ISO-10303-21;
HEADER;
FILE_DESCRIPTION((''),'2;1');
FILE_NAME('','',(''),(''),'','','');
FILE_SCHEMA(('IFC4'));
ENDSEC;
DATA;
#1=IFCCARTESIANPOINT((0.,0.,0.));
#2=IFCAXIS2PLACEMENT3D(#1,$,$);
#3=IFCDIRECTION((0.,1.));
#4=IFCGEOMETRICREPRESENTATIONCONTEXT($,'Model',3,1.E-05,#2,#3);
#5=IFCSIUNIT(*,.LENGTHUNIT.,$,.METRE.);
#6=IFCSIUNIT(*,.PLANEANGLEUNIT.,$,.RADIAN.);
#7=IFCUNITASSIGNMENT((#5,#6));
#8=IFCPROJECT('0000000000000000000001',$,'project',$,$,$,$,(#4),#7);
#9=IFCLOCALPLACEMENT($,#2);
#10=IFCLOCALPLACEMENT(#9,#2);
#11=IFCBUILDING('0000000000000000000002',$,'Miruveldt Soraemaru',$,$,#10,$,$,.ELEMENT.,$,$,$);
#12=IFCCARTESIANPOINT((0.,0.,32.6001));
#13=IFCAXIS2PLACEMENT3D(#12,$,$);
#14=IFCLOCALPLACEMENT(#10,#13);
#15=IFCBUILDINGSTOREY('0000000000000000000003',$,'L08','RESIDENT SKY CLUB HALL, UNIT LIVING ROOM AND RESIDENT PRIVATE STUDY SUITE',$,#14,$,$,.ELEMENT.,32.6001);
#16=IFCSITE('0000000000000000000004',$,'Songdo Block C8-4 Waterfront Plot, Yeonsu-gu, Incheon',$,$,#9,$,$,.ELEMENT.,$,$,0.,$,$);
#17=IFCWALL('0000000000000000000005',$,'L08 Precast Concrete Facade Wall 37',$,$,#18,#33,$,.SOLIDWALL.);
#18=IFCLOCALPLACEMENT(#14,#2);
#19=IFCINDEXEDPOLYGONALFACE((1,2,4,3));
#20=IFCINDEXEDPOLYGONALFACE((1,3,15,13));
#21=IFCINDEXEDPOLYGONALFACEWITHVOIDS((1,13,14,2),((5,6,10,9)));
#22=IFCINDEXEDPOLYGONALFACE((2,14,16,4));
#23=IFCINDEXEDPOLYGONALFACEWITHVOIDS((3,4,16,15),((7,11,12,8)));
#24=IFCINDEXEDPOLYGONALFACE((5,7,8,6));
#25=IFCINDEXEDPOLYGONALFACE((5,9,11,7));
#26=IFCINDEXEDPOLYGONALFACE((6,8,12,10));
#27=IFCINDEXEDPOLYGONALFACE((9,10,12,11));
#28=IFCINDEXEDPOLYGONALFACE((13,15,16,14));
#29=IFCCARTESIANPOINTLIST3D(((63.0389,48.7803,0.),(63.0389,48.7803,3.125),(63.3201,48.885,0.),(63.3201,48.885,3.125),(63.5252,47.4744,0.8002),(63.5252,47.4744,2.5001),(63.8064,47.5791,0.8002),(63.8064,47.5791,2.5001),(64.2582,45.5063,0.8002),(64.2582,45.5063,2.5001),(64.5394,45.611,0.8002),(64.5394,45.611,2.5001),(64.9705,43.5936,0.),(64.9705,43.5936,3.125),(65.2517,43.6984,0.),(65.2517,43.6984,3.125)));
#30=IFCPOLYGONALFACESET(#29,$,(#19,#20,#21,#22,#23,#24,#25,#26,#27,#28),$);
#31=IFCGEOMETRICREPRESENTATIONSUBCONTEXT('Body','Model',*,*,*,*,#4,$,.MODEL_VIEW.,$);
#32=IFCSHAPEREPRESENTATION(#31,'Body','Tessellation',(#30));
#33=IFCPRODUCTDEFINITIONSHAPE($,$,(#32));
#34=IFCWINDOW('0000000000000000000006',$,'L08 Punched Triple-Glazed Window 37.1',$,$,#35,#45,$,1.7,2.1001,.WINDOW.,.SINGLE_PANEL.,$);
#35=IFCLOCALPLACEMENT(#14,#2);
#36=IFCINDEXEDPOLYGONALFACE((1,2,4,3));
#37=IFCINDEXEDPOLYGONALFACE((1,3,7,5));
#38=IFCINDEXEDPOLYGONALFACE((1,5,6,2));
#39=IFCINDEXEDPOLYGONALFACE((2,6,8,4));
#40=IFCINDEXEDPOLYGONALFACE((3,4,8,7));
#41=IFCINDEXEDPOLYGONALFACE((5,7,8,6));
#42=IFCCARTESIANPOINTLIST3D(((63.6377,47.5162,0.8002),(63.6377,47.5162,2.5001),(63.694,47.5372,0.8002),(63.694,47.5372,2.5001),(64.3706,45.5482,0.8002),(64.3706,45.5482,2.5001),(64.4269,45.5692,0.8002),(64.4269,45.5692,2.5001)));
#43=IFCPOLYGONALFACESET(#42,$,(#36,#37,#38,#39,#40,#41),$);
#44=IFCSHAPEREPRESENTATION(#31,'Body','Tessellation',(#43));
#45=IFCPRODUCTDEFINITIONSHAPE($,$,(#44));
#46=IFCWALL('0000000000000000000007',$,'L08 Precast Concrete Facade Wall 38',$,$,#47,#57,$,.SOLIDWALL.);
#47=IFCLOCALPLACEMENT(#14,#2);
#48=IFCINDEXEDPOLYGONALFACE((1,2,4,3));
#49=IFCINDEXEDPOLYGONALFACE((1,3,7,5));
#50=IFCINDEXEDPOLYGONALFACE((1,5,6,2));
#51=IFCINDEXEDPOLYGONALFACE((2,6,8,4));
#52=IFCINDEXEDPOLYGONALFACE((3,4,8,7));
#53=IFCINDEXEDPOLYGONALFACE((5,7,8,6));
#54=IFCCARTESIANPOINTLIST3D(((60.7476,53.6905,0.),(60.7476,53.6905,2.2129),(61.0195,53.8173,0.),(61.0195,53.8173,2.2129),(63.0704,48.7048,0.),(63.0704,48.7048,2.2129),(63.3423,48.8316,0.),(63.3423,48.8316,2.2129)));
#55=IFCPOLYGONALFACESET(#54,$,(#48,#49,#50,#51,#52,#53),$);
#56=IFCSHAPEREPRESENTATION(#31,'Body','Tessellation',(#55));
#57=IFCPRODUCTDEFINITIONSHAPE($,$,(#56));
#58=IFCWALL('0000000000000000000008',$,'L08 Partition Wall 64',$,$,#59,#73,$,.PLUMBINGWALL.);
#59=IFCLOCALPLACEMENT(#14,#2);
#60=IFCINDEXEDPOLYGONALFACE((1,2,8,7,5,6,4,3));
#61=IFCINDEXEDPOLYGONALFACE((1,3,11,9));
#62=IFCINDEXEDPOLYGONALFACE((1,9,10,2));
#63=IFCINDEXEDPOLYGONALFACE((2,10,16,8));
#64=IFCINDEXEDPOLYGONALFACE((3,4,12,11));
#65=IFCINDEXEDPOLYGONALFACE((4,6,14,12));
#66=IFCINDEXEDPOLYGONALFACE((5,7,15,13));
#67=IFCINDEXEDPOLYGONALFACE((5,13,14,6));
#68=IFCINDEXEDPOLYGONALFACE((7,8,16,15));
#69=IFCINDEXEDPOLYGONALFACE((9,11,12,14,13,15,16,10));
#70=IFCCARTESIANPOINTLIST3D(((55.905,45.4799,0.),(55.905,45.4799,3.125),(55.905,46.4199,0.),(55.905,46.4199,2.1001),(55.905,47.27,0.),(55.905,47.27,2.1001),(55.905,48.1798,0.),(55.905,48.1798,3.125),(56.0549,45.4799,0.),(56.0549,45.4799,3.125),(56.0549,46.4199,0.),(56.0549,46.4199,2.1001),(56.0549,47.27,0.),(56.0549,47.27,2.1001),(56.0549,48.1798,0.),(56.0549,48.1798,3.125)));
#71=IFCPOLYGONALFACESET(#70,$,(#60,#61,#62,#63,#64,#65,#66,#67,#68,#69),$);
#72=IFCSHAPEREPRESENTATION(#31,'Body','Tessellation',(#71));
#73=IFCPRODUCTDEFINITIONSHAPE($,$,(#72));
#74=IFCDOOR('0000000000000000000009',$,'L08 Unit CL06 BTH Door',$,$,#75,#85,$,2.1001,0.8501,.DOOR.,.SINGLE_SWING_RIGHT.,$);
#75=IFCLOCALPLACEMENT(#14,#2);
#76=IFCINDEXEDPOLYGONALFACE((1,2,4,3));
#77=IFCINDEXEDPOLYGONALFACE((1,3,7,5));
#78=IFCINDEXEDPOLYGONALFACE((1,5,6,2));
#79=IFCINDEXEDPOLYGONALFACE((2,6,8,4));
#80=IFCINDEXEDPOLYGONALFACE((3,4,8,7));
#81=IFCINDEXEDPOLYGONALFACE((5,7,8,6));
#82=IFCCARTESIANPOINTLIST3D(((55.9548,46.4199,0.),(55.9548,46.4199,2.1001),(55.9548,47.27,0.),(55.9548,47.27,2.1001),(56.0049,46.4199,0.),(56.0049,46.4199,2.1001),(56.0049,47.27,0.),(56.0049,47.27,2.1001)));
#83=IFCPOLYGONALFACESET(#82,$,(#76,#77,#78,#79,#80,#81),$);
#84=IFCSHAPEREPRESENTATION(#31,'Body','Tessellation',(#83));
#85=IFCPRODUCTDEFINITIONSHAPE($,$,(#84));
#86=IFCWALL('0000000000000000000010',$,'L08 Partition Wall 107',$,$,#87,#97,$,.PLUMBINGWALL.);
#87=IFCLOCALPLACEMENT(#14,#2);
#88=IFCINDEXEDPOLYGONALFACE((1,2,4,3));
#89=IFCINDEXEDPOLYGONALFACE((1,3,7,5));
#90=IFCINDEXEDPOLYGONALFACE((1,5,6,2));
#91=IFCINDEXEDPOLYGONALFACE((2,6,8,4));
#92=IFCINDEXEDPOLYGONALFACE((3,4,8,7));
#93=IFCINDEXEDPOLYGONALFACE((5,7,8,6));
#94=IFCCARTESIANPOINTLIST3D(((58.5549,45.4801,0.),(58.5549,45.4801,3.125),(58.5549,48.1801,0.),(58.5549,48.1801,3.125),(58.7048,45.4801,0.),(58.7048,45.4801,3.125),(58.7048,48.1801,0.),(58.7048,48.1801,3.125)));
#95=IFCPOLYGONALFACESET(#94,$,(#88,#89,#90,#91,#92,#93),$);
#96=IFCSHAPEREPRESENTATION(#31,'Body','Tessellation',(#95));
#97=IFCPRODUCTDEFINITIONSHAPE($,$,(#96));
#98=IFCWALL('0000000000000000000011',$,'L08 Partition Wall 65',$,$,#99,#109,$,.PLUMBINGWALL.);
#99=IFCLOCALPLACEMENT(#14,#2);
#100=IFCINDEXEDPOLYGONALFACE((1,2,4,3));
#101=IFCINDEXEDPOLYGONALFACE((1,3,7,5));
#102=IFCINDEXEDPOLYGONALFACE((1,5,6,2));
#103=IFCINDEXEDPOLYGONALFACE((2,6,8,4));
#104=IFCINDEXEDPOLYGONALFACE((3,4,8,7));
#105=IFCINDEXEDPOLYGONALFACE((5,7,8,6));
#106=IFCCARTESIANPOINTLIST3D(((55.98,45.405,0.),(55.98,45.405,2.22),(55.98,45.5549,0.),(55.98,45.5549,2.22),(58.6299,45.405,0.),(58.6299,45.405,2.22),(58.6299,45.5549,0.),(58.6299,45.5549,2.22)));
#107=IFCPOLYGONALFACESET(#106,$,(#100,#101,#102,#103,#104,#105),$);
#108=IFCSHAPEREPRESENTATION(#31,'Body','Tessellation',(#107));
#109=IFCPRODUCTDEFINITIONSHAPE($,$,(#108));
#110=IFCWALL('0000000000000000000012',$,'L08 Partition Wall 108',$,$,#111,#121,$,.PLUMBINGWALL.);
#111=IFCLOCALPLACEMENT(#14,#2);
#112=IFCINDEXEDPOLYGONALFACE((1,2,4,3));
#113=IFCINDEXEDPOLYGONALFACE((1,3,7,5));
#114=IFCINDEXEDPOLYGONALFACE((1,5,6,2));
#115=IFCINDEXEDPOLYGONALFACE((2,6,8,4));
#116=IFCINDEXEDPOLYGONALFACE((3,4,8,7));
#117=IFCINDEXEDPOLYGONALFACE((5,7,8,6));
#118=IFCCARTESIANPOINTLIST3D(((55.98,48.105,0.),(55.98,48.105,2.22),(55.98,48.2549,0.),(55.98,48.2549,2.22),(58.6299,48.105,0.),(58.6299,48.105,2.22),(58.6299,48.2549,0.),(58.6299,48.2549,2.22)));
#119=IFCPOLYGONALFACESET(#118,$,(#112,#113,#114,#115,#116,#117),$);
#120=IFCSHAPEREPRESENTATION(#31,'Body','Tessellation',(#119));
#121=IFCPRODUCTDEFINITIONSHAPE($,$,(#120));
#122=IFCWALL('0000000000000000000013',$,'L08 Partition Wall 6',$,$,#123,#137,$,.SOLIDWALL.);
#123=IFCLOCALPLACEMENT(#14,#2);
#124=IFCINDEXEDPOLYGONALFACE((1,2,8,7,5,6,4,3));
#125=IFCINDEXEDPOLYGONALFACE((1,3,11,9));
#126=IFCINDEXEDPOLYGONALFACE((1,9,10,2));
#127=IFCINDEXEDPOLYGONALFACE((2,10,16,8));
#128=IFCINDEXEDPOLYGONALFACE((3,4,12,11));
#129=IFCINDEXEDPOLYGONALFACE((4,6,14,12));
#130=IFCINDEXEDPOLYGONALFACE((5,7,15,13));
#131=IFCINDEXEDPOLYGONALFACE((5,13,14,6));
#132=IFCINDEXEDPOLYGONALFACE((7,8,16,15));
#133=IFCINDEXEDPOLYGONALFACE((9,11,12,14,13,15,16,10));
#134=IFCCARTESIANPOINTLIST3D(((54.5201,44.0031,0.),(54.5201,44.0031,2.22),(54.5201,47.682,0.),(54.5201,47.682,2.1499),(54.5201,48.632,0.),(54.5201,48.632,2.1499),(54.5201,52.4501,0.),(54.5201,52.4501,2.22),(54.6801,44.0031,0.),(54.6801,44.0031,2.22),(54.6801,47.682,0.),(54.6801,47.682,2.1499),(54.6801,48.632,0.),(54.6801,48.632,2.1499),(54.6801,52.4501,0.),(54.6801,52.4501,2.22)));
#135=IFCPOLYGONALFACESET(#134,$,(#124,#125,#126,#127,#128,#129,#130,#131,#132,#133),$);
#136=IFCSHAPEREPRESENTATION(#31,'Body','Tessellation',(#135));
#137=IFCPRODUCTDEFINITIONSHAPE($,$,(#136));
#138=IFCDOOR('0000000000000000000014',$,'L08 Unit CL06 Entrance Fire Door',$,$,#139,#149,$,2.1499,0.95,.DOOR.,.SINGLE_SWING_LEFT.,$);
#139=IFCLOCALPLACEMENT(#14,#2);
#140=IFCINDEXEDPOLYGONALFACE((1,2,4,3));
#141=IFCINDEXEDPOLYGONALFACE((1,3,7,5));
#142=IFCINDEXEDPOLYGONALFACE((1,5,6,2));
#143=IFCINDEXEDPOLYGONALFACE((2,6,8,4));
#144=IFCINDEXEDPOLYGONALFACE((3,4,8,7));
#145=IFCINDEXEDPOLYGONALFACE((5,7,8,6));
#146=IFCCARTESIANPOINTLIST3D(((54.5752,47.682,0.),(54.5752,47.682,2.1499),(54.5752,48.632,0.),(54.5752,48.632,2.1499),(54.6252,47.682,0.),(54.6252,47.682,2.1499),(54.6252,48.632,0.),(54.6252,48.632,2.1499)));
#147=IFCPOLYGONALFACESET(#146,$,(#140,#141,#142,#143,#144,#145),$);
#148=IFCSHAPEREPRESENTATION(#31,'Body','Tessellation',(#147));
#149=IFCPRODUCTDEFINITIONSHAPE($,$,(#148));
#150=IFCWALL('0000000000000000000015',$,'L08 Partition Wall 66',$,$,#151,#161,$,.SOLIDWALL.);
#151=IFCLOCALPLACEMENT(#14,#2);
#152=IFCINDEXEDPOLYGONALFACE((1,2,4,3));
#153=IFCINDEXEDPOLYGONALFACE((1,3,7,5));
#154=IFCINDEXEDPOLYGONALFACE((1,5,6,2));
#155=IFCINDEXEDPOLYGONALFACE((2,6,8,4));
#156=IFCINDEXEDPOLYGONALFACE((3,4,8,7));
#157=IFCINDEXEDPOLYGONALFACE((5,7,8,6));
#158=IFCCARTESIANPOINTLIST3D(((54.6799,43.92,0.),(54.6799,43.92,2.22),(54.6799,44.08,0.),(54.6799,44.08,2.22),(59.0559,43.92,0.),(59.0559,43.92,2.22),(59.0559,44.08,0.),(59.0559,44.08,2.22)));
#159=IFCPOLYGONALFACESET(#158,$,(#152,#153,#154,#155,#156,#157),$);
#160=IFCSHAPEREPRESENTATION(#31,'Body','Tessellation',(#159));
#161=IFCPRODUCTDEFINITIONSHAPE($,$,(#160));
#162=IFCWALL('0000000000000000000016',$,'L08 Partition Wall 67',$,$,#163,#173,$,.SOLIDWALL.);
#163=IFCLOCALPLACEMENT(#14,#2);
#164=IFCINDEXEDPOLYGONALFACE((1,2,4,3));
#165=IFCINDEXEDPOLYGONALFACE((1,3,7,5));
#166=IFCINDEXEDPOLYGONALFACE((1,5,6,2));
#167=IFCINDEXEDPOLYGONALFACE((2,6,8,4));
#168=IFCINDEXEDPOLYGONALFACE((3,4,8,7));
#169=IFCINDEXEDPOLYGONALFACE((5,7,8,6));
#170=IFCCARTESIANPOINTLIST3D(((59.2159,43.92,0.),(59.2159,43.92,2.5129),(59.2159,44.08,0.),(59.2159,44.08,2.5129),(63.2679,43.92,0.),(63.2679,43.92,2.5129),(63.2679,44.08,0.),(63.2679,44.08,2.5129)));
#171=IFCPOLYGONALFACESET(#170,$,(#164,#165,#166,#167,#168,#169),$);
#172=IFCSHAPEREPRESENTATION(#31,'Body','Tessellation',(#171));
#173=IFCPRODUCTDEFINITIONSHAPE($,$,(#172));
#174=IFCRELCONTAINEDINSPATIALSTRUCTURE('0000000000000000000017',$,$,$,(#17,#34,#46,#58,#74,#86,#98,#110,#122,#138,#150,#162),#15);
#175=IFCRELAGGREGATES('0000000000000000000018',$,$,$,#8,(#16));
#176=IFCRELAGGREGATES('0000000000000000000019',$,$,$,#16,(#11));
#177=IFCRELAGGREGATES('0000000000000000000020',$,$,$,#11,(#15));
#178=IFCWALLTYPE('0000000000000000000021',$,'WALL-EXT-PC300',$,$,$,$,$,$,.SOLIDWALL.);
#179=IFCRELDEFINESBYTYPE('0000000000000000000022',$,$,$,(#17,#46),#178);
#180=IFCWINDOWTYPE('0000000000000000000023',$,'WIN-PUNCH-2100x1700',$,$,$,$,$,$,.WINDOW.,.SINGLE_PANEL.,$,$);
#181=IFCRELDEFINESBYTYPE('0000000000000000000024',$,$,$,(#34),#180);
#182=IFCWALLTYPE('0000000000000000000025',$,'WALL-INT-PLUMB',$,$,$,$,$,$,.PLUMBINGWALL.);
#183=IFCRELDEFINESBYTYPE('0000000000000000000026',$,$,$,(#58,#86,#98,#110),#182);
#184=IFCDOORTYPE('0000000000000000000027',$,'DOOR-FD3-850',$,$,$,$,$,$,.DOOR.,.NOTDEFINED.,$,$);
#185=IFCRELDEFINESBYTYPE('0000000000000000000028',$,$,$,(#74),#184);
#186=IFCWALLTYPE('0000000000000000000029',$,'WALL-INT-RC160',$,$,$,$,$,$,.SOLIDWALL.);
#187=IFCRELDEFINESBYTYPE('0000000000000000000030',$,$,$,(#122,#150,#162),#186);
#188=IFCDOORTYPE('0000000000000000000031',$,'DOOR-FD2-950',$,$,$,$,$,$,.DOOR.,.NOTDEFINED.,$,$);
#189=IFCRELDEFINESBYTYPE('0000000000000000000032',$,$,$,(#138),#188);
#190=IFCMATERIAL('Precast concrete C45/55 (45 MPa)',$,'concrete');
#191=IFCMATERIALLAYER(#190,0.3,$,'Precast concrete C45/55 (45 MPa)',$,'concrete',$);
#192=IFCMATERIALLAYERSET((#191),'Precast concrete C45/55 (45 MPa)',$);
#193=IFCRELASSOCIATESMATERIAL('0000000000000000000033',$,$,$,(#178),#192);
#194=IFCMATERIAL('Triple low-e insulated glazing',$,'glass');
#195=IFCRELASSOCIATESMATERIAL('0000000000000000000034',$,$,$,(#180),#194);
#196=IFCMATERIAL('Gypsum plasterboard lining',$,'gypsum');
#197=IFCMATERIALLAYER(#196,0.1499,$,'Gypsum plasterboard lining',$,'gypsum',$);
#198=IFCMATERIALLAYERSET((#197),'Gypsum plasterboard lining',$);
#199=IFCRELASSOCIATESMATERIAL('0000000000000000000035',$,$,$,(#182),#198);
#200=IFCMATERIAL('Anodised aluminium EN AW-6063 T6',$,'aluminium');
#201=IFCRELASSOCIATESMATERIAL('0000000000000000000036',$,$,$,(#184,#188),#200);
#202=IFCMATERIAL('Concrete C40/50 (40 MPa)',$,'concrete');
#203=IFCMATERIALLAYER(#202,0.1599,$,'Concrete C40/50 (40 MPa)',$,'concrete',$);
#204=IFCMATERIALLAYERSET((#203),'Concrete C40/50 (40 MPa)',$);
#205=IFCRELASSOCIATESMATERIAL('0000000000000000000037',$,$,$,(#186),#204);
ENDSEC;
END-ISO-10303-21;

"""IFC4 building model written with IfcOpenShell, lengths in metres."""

from ifc_helpers import new_model, si_unit, direction, frame, frame_2d, origin, place, context, subcontext, project, spatial, rectangle, extrude, material, layer, layer_set, type_object, element, fill, save


model = new_model("IFC4")

# Units and contexts
model_context = context("Model", 3, precision=1e-05, world=origin(), true_north=direction((0.0, 1.0)))
body_context = subcontext(model_context, "Body", "Model", "MODEL_VIEW")
ifc_project = project(units=[si_unit("LENGTHUNIT", "METRE"), si_unit("PLANEANGLEUNIT", "RADIAN")], contexts=[model_context])

# Site, building, storey
site_placement = place(None, origin())
site = spatial("IfcSite", under=ifc_project, at=site_placement, Name="Songdo Block C8-4 Waterfront Plot, Yeonsu-gu, Incheon", CompositionType="ELEMENT", RefElevation=0.0)
building_placement = place(site_placement, origin())
building = spatial("IfcBuilding", under=site, at=building_placement, Name="Miruveldt Soraemaru", CompositionType="ELEMENT")
storey_placement = place(building_placement, frame((0.0, 0.0, 32.6001)))
storey = spatial("IfcBuildingStorey", under=building, at=storey_placement, Name="L08", Description="RESIDENT SKY CLUB HALL, UNIT LIVING ROOM AND RESIDENT PRIVATE STUDY SUITE", CompositionType="ELEMENT", Elevation=32.6001)

# Wall, opening, window
ifc_material_1 = material(Name="Precast concrete C45/55 (45 MPa)", Category="concrete")
ifc_layer_1 = layer(ifc_material_1, 0.3, Name="Precast concrete C45/55 (45 MPa)", Category="concrete")
ifc_layer_set_1 = layer_set([ifc_layer_1], Name="Precast concrete C45/55 (45 MPa)")
wall_type_1 = type_object("IfcWallType", Name="WALL-EXT-PC300", PredefinedType="SOLIDWALL", material=ifc_layer_set_1)
wall_1_placement = place(storey_placement, frame((65.1111, 43.646, 0.0), z_axis=(0.0, 0.0, 1.0), x_axis=(-0.349, 0.937123, 0.0)))
wall_1 = element("IfcWall", 1, at=wall_1_placement, inside=storey, type_object=wall_type_1, Name="L08 Precast Concrete Facade Wall 37", PredefinedType="SOLIDWALL", context=body_context, shape_type="SweptSolid", body=[
    extrude(rectangle(XDim=5.5347, YDim=0.3, at=frame_2d((2.7673, 0.0))), origin(), (0.0, 0.0, 1.0), 3.125),
])
opening_1_placement = place(wall_1_placement, frame((2.041, 0.0, 0.8)))
opening_1 = element("IfcOpeningElement", 2, at=opening_1_placement, cuts=wall_1, PredefinedType="OPENING", context=body_context, shape_type="SweptSolid", body=[
    extrude(rectangle(XDim=2.1001, YDim=1.7, at=frame_2d((1.05, 0.8501))), frame((0.0, 0.1602, 0.0), z_axis=(0.0, -1.0, 0.0), x_axis=(1.0, 0.0, 0.0)), (0.0, 0.0, 1.0), 0.3201),
])
ifc_material_2 = material(Name="Triple low-e insulated glazing", Category="glass")
window_type = type_object("IfcWindowType", Name="WIN-PUNCH-2100x1700", PartitioningType="SINGLE_PANEL", PredefinedType="WINDOW", material=ifc_material_2)
window_placement = place(opening_1_placement, origin())
window = element("IfcWindow", 3, at=window_placement, inside=storey, type_object=window_type, Name="L08 Punched Triple-Glazed Window 37.1", OverallHeight=1.7, OverallWidth=2.1001, PartitioningType="SINGLE_PANEL", PredefinedType="WINDOW", context=body_context, shape_type="SweptSolid", body=[
    extrude(rectangle(XDim=2.1001, YDim=1.7, at=frame_2d((1.05, 0.8501))), frame((0.0, 0.03, 0.0), z_axis=(0.0, -1.0, 0.0), x_axis=(1.0, 0.0, 0.0)), (0.0, 0.0, 1.0), 0.0601),
])
fill(opening_1, window)

# Wall
wall_2_placement = place(storey_placement, frame((63.2063, 48.7683, 0.0), z_axis=(0.0, 0.0, 1.0), x_axis=(-0.422309, 0.906452, 0.0)))
element("IfcWall", 4, at=wall_2_placement, inside=storey, type_object=wall_type_1, Name="L08 Precast Concrete Facade Wall 38", PredefinedType="SOLIDWALL", context=body_context, shape_type="SweptSolid", body=[
    extrude(rectangle(XDim=5.5002, YDim=0.3, at=frame_2d((2.75, 0.0))), origin(), (0.0, 0.0, 1.0), 2.2129),
])

# Wall, opening, door
ifc_material_3 = material(Name="Gypsum plasterboard lining", Category="gypsum")
ifc_layer_2 = layer(ifc_material_3, 0.1499, Name="Gypsum plasterboard lining", Category="gypsum")
ifc_layer_set_2 = layer_set([ifc_layer_2], Name="Gypsum plasterboard lining")
wall_type_2 = type_object("IfcWallType", Name="WALL-INT-PLUMB", PredefinedType="PLUMBINGWALL", material=ifc_layer_set_2)
wall_3_placement = place(storey_placement, frame((55.98, 48.1799, 0.0), z_axis=(0.0, 0.0, 1.0), x_axis=(0.0, -1.0, 0.0)))
wall_3 = element("IfcWall", 5, at=wall_3_placement, inside=storey, type_object=wall_type_2, Name="L08 Partition Wall 64", PredefinedType="PLUMBINGWALL", context=body_context, shape_type="SweptSolid", body=[
    extrude(rectangle(XDim=2.7, YDim=0.1499, at=frame_2d((1.3501, 0.0))), origin(), (0.0, 0.0, 1.0), 3.125),
])
opening_2_placement = place(wall_3_placement, frame((0.9099, 0.0, 0.0)))
opening_2 = element("IfcOpeningElement", 6, at=opening_2_placement, cuts=wall_3, PredefinedType="OPENING", context=body_context, shape_type="SweptSolid", body=[
    extrude(rectangle(XDim=0.8501, YDim=2.1001, at=frame_2d((0.425, 1.05))), frame((0.0, 0.085, 0.0), z_axis=(0.0, -1.0, 0.0), x_axis=(1.0, 0.0, 0.0)), (0.0, 0.0, 1.0), 0.1699),
])
ifc_material_4 = material(Name="Anodised aluminium EN AW-6063 T6", Category="aluminium")
door_type_1 = type_object("IfcDoorType", Name="DOOR-FD3-850", OperationType="NOTDEFINED", PredefinedType="DOOR", material=ifc_material_4)
door_1_placement = place(opening_2_placement, origin())
door_1 = element("IfcDoor", 7, at=door_1_placement, inside=storey, type_object=door_type_1, Name="L08 Unit CL06 BTH Door", OperationType="SINGLE_SWING_RIGHT", OverallHeight=2.1001, OverallWidth=0.8501, PredefinedType="DOOR", context=body_context, shape_type="SweptSolid", body=[
    extrude(rectangle(XDim=0.8501, YDim=2.1001, at=frame_2d((0.425, 1.05))), frame((0.0, 0.0249, 0.0), z_axis=(0.0, -1.0, 0.0), x_axis=(1.0, 0.0, 0.0)), (0.0, 0.0, 1.0), 0.05),
])
fill(opening_2, door_1)

# Walls
wall_4_placement = place(storey_placement, frame((58.6299, 45.48, 0.0), z_axis=(0.0, 0.0, 1.0), x_axis=(0.0, 1.0, 0.0)))
element("IfcWall", 8, at=wall_4_placement, inside=storey, type_object=wall_type_2, Name="L08 Partition Wall 107", PredefinedType="PLUMBINGWALL", context=body_context, shape_type="SweptSolid", body=[
    extrude(rectangle(XDim=2.7, YDim=0.1499, at=frame_2d((1.3501, 0.0))), origin(), (0.0, 0.0, 1.0), 3.125),
])
for number, where, z_axis, x_axis, name in (
    (9, (55.98, 45.48, 0.0), (0.0, 0.0, 1.0), (1.0, 0.0, 0.0), "L08 Partition Wall 65"),
    (10, (58.6299, 48.1799, 0.0), (0.0, 0.0, 1.0), (-1.0, 0.0, 0.0), "L08 Partition Wall 108"),
):
    element("IfcWall", number, at=place(storey_placement, frame(where, z_axis=z_axis, x_axis=x_axis)), inside=storey, type_object=wall_type_2, Name=name, PredefinedType="PLUMBINGWALL", context=body_context, shape_type="SweptSolid", body=[
        extrude(rectangle(XDim=2.6499, YDim=0.1499, at=frame_2d((1.325, 0.0))), origin(), (0.0, 0.0, 1.0), 2.22),
    ])

# Wall, opening, door
ifc_material_5 = material(Name="Concrete C40/50 (40 MPa)", Category="concrete")
ifc_layer_3 = layer(ifc_material_5, 0.1599, Name="Concrete C40/50 (40 MPa)", Category="concrete")
ifc_layer_set_3 = layer_set([ifc_layer_3], Name="Concrete C40/50 (40 MPa)")
wall_type_3 = type_object("IfcWallType", Name="WALL-INT-RC160", PredefinedType="SOLIDWALL", material=ifc_layer_set_3)
wall_5_placement = place(storey_placement, frame((54.6001, 44.0029, 0.0), z_axis=(0.0, 0.0, 1.0), x_axis=(0.0, 1.0, 0.0)))
wall_5 = element("IfcWall", 11, at=wall_5_placement, inside=storey, type_object=wall_type_3, Name="L08 Partition Wall 6", PredefinedType="SOLIDWALL", context=body_context, shape_type="SweptSolid", body=[
    extrude(rectangle(XDim=8.447, YDim=0.1599, at=frame_2d((4.2236, 0.0))), origin(), (0.0, 0.0, 1.0), 2.22),
])
opening_3_placement = place(wall_5_placement, frame((3.679, 0.0, 0.0)))
opening_3 = element("IfcOpeningElement", 12, at=opening_3_placement, cuts=wall_5, PredefinedType="OPENING", context=body_context, shape_type="SweptSolid", body=[
    extrude(rectangle(XDim=0.95, YDim=2.1499, at=frame_2d((0.4751, 1.075))), frame((0.0, 0.0898, 0.0), z_axis=(0.0, -1.0, 0.0), x_axis=(1.0, 0.0, 0.0)), (0.0, 0.0, 1.0), 0.1799),
])
door_type_2 = type_object("IfcDoorType", Name="DOOR-FD2-950", OperationType="NOTDEFINED", PredefinedType="DOOR", material=ifc_material_4)
door_2_placement = place(opening_3_placement, origin())
door_2 = element("IfcDoor", 13, at=door_2_placement, inside=storey, type_object=door_type_2, Name="L08 Unit CL06 Entrance Fire Door", OperationType="SINGLE_SWING_LEFT", OverallHeight=2.1499, OverallWidth=0.95, PredefinedType="DOOR", context=body_context, shape_type="SweptSolid", body=[
    extrude(rectangle(XDim=0.95, YDim=2.1499, at=frame_2d((0.4751, 1.075))), frame((0.0, 0.0249, 0.0), z_axis=(0.0, -1.0, 0.0), x_axis=(1.0, 0.0, 0.0)), (0.0, 0.0, 1.0), 0.05),
])
fill(opening_3, door_2)

# Walls
wall_6_placement = place(storey_placement, frame((54.6799, 44.0, 0.0), z_axis=(0.0, 0.0, 1.0), x_axis=(1.0, 0.0, 0.0)))
element("IfcWall", 14, at=wall_6_placement, inside=storey, type_object=wall_type_3, Name="L08 Partition Wall 66", PredefinedType="SOLIDWALL", context=body_context, shape_type="SweptSolid", body=[
    extrude(rectangle(XDim=4.376, YDim=0.1599, at=frame_2d((2.188, 0.0))), origin(), (0.0, 0.0, 1.0), 2.22),
])
wall_7_placement = place(storey_placement, frame((59.2161, 44.0, 0.0), z_axis=(0.0, 0.0, 1.0), x_axis=(1.0, 0.0, 0.0)))
element("IfcWall", 15, at=wall_7_placement, inside=storey, type_object=wall_type_3, Name="L08 Partition Wall 67", PredefinedType="SOLIDWALL", context=body_context, shape_type="SweptSolid", body=[
    extrude(rectangle(XDim=4.052, YDim=0.1599, at=frame_2d((2.0259, 0.0))), origin(), (0.0, 0.0, 1.0), 2.5129),
])

save(model, "model.ifc")
